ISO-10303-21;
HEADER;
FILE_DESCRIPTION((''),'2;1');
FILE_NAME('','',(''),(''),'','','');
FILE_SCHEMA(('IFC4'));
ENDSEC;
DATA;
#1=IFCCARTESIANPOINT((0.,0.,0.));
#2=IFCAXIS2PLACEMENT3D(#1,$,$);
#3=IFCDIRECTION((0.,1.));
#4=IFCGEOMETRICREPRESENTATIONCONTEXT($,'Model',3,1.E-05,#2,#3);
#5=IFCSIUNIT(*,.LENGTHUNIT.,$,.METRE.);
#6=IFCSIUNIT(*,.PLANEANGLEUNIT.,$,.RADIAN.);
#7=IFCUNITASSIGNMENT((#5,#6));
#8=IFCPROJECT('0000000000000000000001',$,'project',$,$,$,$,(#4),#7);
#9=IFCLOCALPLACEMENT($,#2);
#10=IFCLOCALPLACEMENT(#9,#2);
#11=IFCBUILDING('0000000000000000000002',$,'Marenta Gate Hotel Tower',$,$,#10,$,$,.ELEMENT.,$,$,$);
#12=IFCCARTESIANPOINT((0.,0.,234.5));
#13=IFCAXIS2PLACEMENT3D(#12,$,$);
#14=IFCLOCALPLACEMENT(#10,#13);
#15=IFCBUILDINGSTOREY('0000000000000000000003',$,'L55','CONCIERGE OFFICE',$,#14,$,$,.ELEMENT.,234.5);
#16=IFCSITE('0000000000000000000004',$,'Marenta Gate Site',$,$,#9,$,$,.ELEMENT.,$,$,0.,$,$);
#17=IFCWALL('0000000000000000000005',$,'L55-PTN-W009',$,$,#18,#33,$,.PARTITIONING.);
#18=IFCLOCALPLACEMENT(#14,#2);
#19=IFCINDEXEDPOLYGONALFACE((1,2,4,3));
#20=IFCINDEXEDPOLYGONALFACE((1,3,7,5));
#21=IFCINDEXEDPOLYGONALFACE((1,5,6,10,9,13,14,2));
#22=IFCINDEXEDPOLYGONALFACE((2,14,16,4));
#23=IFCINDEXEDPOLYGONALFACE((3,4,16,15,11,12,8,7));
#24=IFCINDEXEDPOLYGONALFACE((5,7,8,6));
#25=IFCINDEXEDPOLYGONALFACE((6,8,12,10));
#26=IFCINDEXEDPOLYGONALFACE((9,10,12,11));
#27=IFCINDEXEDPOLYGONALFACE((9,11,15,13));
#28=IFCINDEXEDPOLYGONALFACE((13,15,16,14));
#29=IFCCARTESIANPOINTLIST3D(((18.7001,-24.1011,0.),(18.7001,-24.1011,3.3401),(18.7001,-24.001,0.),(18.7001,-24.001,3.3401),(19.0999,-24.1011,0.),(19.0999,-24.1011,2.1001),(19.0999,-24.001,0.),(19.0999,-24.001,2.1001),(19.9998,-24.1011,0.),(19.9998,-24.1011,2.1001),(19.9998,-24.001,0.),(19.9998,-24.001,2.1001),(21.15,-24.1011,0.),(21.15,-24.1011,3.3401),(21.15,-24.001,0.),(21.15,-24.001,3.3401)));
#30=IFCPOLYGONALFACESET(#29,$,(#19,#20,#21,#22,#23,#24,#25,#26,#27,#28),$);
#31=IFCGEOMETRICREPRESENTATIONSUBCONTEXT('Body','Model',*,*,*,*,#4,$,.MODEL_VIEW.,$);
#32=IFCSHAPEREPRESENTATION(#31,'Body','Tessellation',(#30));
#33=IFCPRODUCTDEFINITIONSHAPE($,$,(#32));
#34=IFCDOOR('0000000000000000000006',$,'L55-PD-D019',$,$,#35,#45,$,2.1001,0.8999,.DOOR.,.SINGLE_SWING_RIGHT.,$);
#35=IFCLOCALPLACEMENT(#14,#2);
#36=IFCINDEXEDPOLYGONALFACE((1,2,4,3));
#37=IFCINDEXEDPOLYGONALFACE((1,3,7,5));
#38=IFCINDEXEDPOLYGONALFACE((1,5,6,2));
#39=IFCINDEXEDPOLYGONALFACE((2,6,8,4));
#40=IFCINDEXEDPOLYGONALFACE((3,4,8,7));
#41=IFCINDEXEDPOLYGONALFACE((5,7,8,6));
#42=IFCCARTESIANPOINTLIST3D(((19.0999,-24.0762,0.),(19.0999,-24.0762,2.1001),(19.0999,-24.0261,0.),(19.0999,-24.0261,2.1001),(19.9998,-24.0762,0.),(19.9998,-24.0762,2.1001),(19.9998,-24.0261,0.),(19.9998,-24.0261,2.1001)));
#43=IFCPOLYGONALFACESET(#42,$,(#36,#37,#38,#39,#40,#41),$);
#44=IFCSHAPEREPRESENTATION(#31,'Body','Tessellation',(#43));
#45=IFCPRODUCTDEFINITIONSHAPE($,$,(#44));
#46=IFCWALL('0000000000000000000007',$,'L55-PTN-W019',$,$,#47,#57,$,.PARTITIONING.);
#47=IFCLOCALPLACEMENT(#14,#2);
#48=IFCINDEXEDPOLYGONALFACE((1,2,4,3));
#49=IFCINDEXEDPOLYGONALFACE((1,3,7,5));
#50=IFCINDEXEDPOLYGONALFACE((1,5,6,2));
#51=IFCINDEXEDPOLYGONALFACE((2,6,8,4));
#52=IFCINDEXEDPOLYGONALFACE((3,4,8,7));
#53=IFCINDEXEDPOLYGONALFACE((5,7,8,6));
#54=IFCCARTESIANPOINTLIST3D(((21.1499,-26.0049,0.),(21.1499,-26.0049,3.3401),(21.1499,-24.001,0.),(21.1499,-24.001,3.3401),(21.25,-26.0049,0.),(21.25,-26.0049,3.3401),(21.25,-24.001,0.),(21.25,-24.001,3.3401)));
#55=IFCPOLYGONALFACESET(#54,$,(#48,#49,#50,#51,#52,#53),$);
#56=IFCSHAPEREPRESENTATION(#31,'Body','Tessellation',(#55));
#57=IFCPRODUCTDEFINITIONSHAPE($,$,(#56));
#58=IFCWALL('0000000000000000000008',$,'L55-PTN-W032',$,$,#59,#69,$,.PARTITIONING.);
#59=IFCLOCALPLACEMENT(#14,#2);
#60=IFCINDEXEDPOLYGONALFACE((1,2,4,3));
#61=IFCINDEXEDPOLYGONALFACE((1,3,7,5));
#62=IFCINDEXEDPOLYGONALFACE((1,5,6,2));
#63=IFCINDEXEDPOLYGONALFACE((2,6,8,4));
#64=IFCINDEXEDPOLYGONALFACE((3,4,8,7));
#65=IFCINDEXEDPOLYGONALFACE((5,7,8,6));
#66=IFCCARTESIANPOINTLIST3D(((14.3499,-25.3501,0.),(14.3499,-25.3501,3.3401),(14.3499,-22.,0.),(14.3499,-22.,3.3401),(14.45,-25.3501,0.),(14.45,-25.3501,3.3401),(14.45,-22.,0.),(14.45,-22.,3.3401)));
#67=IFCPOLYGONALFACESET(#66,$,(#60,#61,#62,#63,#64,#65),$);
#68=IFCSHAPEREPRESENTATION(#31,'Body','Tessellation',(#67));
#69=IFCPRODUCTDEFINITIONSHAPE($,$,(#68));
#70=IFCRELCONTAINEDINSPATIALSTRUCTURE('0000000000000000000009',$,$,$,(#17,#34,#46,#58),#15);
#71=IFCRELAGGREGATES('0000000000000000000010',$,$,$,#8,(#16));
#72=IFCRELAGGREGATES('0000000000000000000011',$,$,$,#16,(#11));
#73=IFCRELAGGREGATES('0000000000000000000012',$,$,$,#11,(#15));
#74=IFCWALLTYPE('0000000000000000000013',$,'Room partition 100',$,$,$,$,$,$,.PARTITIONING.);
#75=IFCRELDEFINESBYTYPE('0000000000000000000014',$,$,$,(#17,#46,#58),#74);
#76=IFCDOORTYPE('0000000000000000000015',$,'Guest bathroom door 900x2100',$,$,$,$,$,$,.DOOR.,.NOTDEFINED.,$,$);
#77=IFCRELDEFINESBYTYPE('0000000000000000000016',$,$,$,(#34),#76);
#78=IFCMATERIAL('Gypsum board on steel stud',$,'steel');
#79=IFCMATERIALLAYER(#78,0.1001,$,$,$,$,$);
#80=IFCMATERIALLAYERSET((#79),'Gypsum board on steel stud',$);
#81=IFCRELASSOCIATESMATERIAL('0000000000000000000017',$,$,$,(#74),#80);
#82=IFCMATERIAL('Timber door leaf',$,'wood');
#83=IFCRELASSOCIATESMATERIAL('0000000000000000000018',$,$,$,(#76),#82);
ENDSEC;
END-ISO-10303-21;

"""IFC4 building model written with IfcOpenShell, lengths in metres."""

from ifc_helpers import new_model, si_unit, direction, frame, frame_2d, origin, place, context, subcontext, project, spatial, rectangle, extrude, material, layer, layer_set, type_object, element, fill, save


model = new_model("IFC4")

# Units and contexts
model_context = context("Model", 3, precision=1e-05, world=origin(), true_north=direction((0.0, 1.0)))
body_context = subcontext(model_context, "Body", "Model", "MODEL_VIEW")
ifc_project = project(units=[si_unit("LENGTHUNIT", "METRE"), si_unit("PLANEANGLEUNIT", "RADIAN")], contexts=[model_context])

# Site, building, storey
site_placement = place(None, origin())
site = spatial("IfcSite", under=ifc_project, at=site_placement, Name="Marenta Gate Site", CompositionType="ELEMENT", RefElevation=0.0)
building_placement = place(site_placement, origin())
building = spatial("IfcBuilding", under=site, at=building_placement, Name="Marenta Gate Hotel Tower", CompositionType="ELEMENT")
storey_placement = place(building_placement, frame((0.0, 0.0, 234.5)))
storey = spatial("IfcBuildingStorey", under=building, at=storey_placement, Name="L55", Description="CONCIERGE OFFICE", CompositionType="ELEMENT", Elevation=234.5)

# Wall, opening, door
ifc_material_1 = material(Name="Gypsum board on steel stud", Category="steel")
ifc_layer_1 = layer(ifc_material_1, 0.1001)
ifc_layer_set_1 = layer_set([ifc_layer_1], Name="Gypsum board on steel stud")
wall_type_1 = type_object("IfcWallType", Name="Room partition 100", PredefinedType="PARTITIONING", material=ifc_layer_set_1)
ifc_material_2 = material(Name="Timber door leaf", Category="wood")
door_type_1 = type_object("IfcDoorType", Name="Guest bathroom door 900x2100", OperationType="NOTDEFINED", PredefinedType="DOOR", material=ifc_material_2)
wall_1_placement = place(storey_placement, frame((18.7, -24.051, 0.0), z_axis=(0.0, 0.0, 1.0), x_axis=(1.0, 0.0, 0.0)))
wall_1 = element("IfcWall", 1, at=wall_1_placement, inside=storey, type_object=wall_type_1, Name="L55-PTN-W009", PredefinedType="PARTITIONING", context=body_context, shape_type="SweptSolid", body=[
    extrude(rectangle(XDim=2.45, YDim=0.1001, at=frame_2d((1.2251, 0.0))), origin(), (0.0, 0.0, 1.0), 3.3401),
])
opening_1_placement = place(wall_1_placement, frame((0.3999, 0.0, 0.0)))
opening_1 = element("IfcOpeningElement", 2, at=opening_1_placement, cuts=wall_1, PredefinedType="OPENING", context=body_context, shape_type="SweptSolid", body=[
    extrude(rectangle(XDim=0.8999, YDim=2.1001, at=frame_2d((0.45, 1.05))), frame((0.0, 0.05, 0.0), z_axis=(0.0, -1.0, 0.0), x_axis=(1.0, 0.0, 0.0)), (0.0, 0.0, 1.0), 0.1001),
])
door_1_placement = place(opening_1_placement, origin())
door_1 = element("IfcDoor", 3, at=door_1_placement, inside=storey, type_object=door_type_1, Name="L55-PD-D019", OperationType="SINGLE_SWING_RIGHT", OverallHeight=2.1001, OverallWidth=0.8999, PredefinedType="DOOR", context=body_context, shape_type="SweptSolid", body=[
    extrude(rectangle(XDim=0.8999, YDim=2.1001, at=frame_2d((0.45, 1.05))), frame((0.0, 0.0249, 0.0), z_axis=(0.0, -1.0, 0.0), x_axis=(1.0, 0.0, 0.0)), (0.0, 0.0, 1.0), 0.05),
])
fill(opening_1, door_1)

# Walls
wall_2_placement = place(storey_placement, frame((21.2, -26.0049, 0.0), z_axis=(0.0, 0.0, 1.0), x_axis=(0.0, 1.0, 0.0)))
element("IfcWall", 4, at=wall_2_placement, inside=storey, type_object=wall_type_1, Name="L55-PTN-W019", PredefinedType="PARTITIONING", context=body_context, shape_type="SweptSolid", body=[
    extrude(rectangle(XDim=2.0039, YDim=0.1001, at=frame_2d((1.002, 0.0))), origin(), (0.0, 0.0, 1.0), 3.3401),
])
wall_3_placement = place(storey_placement, frame((14.3999, -25.3501, 0.0), z_axis=(0.0, 0.0, 1.0), x_axis=(0.0, 1.0, 0.0)))
element("IfcWall", 5, at=wall_3_placement, inside=storey, type_object=wall_type_1, Name="L55-PTN-W032", PredefinedType="PARTITIONING", context=body_context, shape_type="SweptSolid", body=[
    extrude(rectangle(XDim=3.3501, YDim=0.1001, at=frame_2d((1.675, 0.0))), origin(), (0.0, 0.0, 1.0), 3.3401),
])

save(model, "model.ifc")
